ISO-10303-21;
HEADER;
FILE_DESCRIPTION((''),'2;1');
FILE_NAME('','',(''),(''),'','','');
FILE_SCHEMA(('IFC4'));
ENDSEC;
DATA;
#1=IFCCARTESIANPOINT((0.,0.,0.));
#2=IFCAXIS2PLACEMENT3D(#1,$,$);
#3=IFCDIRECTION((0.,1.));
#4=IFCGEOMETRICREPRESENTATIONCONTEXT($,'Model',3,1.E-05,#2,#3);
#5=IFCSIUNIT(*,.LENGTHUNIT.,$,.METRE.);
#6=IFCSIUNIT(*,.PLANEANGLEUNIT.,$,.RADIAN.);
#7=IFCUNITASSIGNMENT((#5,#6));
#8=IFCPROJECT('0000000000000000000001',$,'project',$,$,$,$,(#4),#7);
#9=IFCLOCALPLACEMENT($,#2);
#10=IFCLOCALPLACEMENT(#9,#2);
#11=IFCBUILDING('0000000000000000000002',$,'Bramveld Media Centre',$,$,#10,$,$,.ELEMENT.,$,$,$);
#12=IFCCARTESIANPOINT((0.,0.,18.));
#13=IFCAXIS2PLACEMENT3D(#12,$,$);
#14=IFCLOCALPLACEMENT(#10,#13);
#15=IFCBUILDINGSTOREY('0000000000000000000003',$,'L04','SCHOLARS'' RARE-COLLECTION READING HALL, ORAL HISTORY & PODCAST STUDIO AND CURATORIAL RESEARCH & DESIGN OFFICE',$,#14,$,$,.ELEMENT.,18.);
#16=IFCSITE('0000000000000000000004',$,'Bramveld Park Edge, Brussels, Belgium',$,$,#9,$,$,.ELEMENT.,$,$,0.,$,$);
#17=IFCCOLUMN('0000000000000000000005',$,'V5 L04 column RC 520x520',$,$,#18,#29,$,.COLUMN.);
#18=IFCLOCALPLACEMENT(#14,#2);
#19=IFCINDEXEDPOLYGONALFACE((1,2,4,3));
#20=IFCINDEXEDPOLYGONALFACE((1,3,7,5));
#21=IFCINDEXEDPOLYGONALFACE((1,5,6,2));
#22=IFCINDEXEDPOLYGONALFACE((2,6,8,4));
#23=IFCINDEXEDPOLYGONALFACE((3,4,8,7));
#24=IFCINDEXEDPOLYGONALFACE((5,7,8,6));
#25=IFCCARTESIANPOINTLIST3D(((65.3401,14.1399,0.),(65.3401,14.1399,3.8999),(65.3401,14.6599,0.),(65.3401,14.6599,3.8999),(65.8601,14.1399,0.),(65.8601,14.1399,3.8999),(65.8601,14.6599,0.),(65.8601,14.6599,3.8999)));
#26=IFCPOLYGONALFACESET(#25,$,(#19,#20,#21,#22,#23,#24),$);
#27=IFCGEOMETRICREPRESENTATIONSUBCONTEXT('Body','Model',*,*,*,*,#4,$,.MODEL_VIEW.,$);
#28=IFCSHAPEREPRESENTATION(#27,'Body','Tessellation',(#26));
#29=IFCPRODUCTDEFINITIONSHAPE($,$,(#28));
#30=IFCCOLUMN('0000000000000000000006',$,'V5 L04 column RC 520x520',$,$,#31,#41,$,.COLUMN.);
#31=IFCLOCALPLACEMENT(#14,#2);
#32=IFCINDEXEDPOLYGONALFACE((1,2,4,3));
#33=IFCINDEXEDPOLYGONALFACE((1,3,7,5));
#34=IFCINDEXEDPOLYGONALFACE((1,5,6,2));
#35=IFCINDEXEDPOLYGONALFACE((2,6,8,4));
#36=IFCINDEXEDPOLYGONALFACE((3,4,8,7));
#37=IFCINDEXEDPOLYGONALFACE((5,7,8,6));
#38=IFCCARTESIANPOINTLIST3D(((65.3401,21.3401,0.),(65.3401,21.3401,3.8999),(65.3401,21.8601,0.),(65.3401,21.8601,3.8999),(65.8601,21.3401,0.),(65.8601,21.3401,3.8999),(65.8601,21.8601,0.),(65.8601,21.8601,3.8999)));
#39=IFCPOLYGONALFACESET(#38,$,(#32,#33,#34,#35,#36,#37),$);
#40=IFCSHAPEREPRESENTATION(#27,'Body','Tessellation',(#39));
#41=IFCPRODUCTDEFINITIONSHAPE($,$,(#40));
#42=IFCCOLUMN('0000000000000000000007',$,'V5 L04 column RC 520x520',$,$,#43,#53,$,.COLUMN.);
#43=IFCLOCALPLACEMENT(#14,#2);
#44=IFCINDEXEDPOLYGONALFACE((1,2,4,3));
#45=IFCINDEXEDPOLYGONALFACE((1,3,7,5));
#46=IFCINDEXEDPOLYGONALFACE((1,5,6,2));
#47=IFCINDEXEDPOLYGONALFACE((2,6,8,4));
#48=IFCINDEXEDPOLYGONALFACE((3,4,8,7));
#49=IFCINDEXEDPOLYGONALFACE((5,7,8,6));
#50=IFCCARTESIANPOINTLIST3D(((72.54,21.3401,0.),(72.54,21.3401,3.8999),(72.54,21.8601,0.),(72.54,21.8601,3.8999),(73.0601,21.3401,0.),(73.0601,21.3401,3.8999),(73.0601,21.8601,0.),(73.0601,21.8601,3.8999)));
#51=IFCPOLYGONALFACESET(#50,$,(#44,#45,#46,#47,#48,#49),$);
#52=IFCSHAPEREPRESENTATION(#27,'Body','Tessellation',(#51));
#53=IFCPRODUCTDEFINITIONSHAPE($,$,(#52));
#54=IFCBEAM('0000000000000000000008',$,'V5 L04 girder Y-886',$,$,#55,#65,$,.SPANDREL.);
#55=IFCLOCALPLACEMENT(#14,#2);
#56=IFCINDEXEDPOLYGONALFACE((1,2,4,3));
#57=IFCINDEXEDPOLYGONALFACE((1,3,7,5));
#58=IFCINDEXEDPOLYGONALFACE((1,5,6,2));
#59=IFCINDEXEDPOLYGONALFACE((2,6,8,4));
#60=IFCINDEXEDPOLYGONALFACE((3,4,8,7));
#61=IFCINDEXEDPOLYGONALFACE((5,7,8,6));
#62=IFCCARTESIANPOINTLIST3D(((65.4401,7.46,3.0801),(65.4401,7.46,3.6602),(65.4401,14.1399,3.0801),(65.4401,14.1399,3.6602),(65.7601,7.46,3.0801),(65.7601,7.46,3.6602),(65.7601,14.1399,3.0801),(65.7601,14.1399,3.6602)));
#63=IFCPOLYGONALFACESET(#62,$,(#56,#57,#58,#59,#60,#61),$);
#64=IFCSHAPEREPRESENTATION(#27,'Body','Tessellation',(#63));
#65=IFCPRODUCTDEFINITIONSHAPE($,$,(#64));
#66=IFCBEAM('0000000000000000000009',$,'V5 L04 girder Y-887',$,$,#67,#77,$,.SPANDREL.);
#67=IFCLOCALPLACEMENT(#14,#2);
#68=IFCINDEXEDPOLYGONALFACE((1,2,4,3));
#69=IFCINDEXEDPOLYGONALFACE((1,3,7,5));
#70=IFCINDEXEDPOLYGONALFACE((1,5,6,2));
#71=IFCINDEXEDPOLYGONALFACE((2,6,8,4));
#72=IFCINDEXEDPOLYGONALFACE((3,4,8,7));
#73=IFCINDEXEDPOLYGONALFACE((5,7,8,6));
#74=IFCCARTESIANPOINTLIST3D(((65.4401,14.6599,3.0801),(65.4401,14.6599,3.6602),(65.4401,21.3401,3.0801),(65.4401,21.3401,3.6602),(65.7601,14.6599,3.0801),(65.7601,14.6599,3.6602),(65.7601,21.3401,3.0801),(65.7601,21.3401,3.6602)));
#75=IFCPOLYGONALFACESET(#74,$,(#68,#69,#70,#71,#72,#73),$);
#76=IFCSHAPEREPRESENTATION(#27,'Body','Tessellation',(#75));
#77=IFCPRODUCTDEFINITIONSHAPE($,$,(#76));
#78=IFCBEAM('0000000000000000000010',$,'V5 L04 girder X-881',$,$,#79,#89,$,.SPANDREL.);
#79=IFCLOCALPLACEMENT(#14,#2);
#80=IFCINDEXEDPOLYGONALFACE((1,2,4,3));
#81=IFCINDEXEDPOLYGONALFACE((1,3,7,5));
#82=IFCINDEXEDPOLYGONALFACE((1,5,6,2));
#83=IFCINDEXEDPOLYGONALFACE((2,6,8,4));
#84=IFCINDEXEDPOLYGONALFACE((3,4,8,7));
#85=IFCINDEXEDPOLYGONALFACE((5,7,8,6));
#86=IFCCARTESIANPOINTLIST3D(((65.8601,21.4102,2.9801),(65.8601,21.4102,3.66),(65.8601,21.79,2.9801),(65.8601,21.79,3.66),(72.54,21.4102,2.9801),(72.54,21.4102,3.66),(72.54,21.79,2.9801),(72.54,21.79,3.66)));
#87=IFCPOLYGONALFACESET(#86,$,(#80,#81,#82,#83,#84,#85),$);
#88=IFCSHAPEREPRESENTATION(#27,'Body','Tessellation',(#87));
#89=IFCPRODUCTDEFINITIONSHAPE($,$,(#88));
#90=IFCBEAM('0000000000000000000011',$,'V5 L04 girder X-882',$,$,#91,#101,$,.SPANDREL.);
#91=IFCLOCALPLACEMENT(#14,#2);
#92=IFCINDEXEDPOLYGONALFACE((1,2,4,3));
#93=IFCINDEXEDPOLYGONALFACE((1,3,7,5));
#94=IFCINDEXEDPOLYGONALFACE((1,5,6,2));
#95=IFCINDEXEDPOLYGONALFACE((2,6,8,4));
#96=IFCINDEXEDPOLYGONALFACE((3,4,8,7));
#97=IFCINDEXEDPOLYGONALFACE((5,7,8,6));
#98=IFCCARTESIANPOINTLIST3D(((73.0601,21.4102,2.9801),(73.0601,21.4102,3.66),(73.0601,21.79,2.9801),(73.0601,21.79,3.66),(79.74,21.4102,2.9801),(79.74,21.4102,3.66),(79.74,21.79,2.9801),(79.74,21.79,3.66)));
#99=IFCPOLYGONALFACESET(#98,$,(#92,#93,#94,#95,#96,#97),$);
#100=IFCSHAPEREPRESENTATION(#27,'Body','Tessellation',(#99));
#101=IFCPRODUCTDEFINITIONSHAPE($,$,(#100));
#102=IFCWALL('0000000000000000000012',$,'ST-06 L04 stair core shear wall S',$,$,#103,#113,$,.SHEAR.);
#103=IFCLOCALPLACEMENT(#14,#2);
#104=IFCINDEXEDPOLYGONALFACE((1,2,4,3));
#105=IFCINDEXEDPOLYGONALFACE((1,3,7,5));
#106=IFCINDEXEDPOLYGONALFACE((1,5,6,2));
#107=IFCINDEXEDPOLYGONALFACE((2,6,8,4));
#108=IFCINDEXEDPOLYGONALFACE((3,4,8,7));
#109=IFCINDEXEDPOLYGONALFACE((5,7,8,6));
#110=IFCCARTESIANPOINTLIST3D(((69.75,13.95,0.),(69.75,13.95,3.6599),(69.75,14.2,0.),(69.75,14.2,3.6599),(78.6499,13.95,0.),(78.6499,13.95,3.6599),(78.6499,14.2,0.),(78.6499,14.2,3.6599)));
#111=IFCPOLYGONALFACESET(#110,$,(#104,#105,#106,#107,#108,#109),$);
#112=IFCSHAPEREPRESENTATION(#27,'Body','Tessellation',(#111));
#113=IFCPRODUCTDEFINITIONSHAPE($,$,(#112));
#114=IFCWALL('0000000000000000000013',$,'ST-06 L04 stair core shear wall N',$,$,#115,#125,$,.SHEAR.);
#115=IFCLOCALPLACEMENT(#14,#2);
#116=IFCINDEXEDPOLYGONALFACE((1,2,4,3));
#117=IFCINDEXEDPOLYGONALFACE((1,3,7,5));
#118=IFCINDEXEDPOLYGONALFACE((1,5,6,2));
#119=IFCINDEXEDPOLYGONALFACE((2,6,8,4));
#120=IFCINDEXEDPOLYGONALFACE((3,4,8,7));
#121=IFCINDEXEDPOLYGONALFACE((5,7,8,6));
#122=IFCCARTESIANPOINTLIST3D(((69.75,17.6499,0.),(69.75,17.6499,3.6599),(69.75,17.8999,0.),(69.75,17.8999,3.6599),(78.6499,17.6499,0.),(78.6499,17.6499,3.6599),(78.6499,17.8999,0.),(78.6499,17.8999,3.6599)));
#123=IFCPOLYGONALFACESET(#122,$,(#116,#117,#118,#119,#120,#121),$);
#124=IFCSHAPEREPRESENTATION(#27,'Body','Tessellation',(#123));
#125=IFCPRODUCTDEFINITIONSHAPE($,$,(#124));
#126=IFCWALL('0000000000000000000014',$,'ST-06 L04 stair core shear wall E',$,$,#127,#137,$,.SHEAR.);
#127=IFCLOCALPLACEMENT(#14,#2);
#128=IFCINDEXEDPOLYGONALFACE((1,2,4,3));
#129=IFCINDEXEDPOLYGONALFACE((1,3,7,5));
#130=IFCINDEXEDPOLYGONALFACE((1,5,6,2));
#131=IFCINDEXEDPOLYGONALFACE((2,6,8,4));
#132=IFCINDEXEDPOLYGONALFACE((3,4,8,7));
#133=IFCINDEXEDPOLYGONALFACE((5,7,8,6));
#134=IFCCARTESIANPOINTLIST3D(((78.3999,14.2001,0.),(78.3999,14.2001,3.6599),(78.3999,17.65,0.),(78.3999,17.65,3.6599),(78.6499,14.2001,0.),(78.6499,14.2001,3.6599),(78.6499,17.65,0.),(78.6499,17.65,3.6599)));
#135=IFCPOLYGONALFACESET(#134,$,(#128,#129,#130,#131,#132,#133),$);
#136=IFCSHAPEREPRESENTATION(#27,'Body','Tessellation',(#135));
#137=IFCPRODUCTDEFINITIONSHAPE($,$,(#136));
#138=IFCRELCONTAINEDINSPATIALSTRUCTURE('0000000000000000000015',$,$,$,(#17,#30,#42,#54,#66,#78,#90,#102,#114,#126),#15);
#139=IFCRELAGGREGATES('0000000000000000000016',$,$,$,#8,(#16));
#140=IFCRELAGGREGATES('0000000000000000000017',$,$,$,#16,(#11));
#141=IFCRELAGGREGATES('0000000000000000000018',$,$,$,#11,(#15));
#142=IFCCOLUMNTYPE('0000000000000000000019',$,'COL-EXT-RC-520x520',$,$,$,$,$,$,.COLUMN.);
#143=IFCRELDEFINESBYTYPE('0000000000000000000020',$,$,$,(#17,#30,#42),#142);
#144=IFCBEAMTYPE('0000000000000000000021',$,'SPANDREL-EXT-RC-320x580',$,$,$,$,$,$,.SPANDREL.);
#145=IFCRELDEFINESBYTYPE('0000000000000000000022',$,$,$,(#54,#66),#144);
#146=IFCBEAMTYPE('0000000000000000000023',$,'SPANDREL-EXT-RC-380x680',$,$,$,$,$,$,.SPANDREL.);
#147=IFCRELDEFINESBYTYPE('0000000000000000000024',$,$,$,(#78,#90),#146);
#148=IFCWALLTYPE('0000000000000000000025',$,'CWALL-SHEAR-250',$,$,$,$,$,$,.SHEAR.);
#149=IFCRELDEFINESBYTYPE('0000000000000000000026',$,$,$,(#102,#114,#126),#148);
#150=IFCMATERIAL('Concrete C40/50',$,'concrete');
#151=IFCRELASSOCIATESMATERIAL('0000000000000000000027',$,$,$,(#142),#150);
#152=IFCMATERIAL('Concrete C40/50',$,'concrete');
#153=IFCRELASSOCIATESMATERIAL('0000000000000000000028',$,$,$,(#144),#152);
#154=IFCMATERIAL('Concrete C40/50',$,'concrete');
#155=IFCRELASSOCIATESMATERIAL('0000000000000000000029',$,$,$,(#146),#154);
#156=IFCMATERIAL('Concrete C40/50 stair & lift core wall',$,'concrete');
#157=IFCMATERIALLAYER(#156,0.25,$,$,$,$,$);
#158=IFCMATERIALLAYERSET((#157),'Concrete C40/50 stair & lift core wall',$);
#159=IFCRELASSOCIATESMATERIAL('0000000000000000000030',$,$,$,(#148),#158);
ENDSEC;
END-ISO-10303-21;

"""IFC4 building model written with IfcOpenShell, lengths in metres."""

from ifc_helpers import new_model, si_unit, direction, frame, frame_2d, origin, origin_2d, place, context, subcontext, project, spatial, rectangle, extrude, material, layer, layer_set, material_profile, profile_set, type_object, element, save


model = new_model("IFC4")

# Units and contexts
model_context = context("Model", 3, precision=1e-05, world=origin(), true_north=direction((0.0, 1.0)))
body_context = subcontext(model_context, "Body", "Model", "MODEL_VIEW")
ifc_project = project(units=[si_unit("LENGTHUNIT", "METRE"), si_unit("PLANEANGLEUNIT", "RADIAN")], contexts=[model_context])

# Site, building, storey
site_placement = place(None, origin())
site = spatial("IfcSite", under=ifc_project, at=site_placement, Name="Bramveld Park Edge, Brussels, Belgium", CompositionType="ELEMENT", RefElevation=0.0)
building_placement = place(site_placement, origin())
building = spatial("IfcBuilding", under=site, at=building_placement, Name="Bramveld Media Centre", CompositionType="ELEMENT")
storey_placement = place(building_placement, frame((0.0, 0.0, 18.0)))
storey = spatial("IfcBuildingStorey", under=building, at=storey_placement, Name="L04", Description="SCHOLARS' RARE-COLLECTION READING HALL, ORAL HISTORY & PODCAST STUDIO AND CURATORIAL RESEARCH & DESIGN OFFICE", CompositionType="ELEMENT", Elevation=18.0)

# Columns
ifc_material_1 = material(Name="Concrete C40/50", Category="concrete")
ifc_material_profile_1 = material_profile(ifc_material_1, rectangle(XDim=0.52, YDim=0.52, at=origin_2d()), Name="RC 520x520")
ifc_profile_set_1 = profile_set([ifc_material_profile_1], Name="Concrete C40/50")
column_type = type_object("IfcColumnType", Name="COL-EXT-RC-520x520", PredefinedType="COLUMN", material=ifc_profile_set_1)
for number, where, z_axis, x_axis, name in (
    (1, (65.6001, 14.3999, 0.0), (0.0, 0.0, 1.0), (1.0, 0.0, 0.0), "V5 L04 column RC 520x520"),
    (2, (65.6001, 21.6001, 0.0), (0.0, 0.0, 1.0), (1.0, 0.0, 0.0), "V5 L04 column RC 520x520"),
    (3, (72.8, 21.6001, 0.0), (0.0, 0.0, 1.0), (1.0, 0.0, 0.0), "V5 L04 column RC 520x520"),
):
    element("IfcColumn", number, at=place(storey_placement, frame(where, z_axis=z_axis, x_axis=x_axis)), inside=storey, type_object=column_type, Name=name, PredefinedType="COLUMN", context=body_context, shape_type="SweptSolid", body=[
        extrude(rectangle(XDim=0.52, YDim=0.52, at=origin_2d()), origin(), (0.0, 0.0, 1.0), 3.8999),
    ])

# Beams
ifc_material_2 = material(Name="Concrete C40/50", Category="concrete")
ifc_material_profile_2 = material_profile(ifc_material_2, rectangle(XDim=0.3201, YDim=0.5801, at=origin_2d()), Name="RC 320x580")
ifc_profile_set_2 = profile_set([ifc_material_profile_2], Name="Concrete C40/50")
beam_type_1 = type_object("IfcBeamType", Name="SPANDREL-EXT-RC-320x580", PredefinedType="SPANDREL", material=ifc_profile_set_2)
beam_1_placement = place(storey_placement, frame((65.6001, 7.46, 3.3701), z_axis=(0.0, 1.0, 0.0), x_axis=(-1.0, 0.0, 0.0)))
element("IfcBeam", 4, at=beam_1_placement, inside=storey, type_object=beam_type_1, Name="V5 L04 girder Y-886", PredefinedType="SPANDREL", context=body_context, shape_type="SweptSolid", body=[
    extrude(rectangle(XDim=0.3201, YDim=0.5801, at=origin_2d()), origin(), (0.0, 0.0, 1.0), 6.6799),
])
beam_2_placement = place(storey_placement, frame((65.6001, 14.6599, 3.3701), z_axis=(0.0, 1.0, 0.0), x_axis=(-1.0, 0.0, 0.0)))
element("IfcBeam", 5, at=beam_2_placement, inside=storey, type_object=beam_type_1, Name="V5 L04 girder Y-887", PredefinedType="SPANDREL", context=body_context, shape_type="SweptSolid", body=[
    extrude(rectangle(XDim=0.3201, YDim=0.5801, at=origin_2d()), origin(), (0.0, 0.0, 1.0), 6.6802),
])
ifc_material_3 = material(Name="Concrete C40/50", Category="concrete")
ifc_material_profile_3 = material_profile(ifc_material_3, rectangle(XDim=0.3799, YDim=0.6799, at=origin_2d()), Name="RC 380x680")
ifc_profile_set_3 = profile_set([ifc_material_profile_3], Name="Concrete C40/50")
beam_type_2 = type_object("IfcBeamType", Name="SPANDREL-EXT-RC-380x680", PredefinedType="SPANDREL", material=ifc_profile_set_3)
for number, where, z_axis, x_axis, name in (
    (6, (65.8601, 21.6001, 3.3201), (1.0, 0.0, 0.0), (0.0, 1.0, 0.0), "V5 L04 girder X-881"),
    (7, (73.0601, 21.6001, 3.3201), (1.0, 0.0, 0.0), (0.0, 1.0, 0.0), "V5 L04 girder X-882"),
):
    element("IfcBeam", number, at=place(storey_placement, frame(where, z_axis=z_axis, x_axis=x_axis)), inside=storey, type_object=beam_type_2, Name=name, PredefinedType="SPANDREL", context=body_context, shape_type="SweptSolid", body=[
        extrude(rectangle(XDim=0.3799, YDim=0.6799, at=origin_2d()), origin(), (0.0, 0.0, 1.0), 6.6799),
    ])

# Walls
ifc_material_4 = material(Name="Concrete C40/50 stair & lift core wall", Category="concrete")
ifc_layer_1 = layer(ifc_material_4, 0.25)
ifc_layer_set_1 = layer_set([ifc_layer_1], Name="Concrete C40/50 stair & lift core wall")
wall_type_1 = type_object("IfcWallType", Name="CWALL-SHEAR-250", PredefinedType="SHEAR", material=ifc_layer_set_1)
for number, where, z_axis, x_axis, name in (
    (8, (69.75, 14.075, 0.0), (0.0, 0.0, 1.0), (1.0, 0.0, 0.0), "ST-06 L04 stair core shear wall S"),
    (9, (78.6499, 17.7749, 0.0), (0.0, 0.0, 1.0), (-1.0, 0.0, 0.0), "ST-06 L04 stair core shear wall N"),
):
    element("IfcWall", number, at=place(storey_placement, frame(where, z_axis=z_axis, x_axis=x_axis)), inside=storey, type_object=wall_type_1, Name=name, PredefinedType="SHEAR", context=body_context, shape_type="SweptSolid", body=[
        extrude(rectangle(XDim=8.8999, YDim=0.25, at=frame_2d((4.45, 0.0))), origin(), (0.0, 0.0, 1.0), 3.6599),
    ])

# Wall
wall_1_placement = place(storey_placement, frame((78.5249, 14.2, 0.0), z_axis=(0.0, 0.0, 1.0), x_axis=(0.0, 1.0, 0.0)))
element("IfcWall", 10, at=wall_1_placement, inside=storey, type_object=wall_type_1, Name="ST-06 L04 stair core shear wall E", PredefinedType="SHEAR", context=body_context, shape_type="SweptSolid", body=[
    extrude(rectangle(XDim=3.45, YDim=0.25, at=frame_2d((1.7251, 0.0))), origin(), (0.0, 0.0, 1.0), 3.6599),
])

save(model, "model.ifc")
